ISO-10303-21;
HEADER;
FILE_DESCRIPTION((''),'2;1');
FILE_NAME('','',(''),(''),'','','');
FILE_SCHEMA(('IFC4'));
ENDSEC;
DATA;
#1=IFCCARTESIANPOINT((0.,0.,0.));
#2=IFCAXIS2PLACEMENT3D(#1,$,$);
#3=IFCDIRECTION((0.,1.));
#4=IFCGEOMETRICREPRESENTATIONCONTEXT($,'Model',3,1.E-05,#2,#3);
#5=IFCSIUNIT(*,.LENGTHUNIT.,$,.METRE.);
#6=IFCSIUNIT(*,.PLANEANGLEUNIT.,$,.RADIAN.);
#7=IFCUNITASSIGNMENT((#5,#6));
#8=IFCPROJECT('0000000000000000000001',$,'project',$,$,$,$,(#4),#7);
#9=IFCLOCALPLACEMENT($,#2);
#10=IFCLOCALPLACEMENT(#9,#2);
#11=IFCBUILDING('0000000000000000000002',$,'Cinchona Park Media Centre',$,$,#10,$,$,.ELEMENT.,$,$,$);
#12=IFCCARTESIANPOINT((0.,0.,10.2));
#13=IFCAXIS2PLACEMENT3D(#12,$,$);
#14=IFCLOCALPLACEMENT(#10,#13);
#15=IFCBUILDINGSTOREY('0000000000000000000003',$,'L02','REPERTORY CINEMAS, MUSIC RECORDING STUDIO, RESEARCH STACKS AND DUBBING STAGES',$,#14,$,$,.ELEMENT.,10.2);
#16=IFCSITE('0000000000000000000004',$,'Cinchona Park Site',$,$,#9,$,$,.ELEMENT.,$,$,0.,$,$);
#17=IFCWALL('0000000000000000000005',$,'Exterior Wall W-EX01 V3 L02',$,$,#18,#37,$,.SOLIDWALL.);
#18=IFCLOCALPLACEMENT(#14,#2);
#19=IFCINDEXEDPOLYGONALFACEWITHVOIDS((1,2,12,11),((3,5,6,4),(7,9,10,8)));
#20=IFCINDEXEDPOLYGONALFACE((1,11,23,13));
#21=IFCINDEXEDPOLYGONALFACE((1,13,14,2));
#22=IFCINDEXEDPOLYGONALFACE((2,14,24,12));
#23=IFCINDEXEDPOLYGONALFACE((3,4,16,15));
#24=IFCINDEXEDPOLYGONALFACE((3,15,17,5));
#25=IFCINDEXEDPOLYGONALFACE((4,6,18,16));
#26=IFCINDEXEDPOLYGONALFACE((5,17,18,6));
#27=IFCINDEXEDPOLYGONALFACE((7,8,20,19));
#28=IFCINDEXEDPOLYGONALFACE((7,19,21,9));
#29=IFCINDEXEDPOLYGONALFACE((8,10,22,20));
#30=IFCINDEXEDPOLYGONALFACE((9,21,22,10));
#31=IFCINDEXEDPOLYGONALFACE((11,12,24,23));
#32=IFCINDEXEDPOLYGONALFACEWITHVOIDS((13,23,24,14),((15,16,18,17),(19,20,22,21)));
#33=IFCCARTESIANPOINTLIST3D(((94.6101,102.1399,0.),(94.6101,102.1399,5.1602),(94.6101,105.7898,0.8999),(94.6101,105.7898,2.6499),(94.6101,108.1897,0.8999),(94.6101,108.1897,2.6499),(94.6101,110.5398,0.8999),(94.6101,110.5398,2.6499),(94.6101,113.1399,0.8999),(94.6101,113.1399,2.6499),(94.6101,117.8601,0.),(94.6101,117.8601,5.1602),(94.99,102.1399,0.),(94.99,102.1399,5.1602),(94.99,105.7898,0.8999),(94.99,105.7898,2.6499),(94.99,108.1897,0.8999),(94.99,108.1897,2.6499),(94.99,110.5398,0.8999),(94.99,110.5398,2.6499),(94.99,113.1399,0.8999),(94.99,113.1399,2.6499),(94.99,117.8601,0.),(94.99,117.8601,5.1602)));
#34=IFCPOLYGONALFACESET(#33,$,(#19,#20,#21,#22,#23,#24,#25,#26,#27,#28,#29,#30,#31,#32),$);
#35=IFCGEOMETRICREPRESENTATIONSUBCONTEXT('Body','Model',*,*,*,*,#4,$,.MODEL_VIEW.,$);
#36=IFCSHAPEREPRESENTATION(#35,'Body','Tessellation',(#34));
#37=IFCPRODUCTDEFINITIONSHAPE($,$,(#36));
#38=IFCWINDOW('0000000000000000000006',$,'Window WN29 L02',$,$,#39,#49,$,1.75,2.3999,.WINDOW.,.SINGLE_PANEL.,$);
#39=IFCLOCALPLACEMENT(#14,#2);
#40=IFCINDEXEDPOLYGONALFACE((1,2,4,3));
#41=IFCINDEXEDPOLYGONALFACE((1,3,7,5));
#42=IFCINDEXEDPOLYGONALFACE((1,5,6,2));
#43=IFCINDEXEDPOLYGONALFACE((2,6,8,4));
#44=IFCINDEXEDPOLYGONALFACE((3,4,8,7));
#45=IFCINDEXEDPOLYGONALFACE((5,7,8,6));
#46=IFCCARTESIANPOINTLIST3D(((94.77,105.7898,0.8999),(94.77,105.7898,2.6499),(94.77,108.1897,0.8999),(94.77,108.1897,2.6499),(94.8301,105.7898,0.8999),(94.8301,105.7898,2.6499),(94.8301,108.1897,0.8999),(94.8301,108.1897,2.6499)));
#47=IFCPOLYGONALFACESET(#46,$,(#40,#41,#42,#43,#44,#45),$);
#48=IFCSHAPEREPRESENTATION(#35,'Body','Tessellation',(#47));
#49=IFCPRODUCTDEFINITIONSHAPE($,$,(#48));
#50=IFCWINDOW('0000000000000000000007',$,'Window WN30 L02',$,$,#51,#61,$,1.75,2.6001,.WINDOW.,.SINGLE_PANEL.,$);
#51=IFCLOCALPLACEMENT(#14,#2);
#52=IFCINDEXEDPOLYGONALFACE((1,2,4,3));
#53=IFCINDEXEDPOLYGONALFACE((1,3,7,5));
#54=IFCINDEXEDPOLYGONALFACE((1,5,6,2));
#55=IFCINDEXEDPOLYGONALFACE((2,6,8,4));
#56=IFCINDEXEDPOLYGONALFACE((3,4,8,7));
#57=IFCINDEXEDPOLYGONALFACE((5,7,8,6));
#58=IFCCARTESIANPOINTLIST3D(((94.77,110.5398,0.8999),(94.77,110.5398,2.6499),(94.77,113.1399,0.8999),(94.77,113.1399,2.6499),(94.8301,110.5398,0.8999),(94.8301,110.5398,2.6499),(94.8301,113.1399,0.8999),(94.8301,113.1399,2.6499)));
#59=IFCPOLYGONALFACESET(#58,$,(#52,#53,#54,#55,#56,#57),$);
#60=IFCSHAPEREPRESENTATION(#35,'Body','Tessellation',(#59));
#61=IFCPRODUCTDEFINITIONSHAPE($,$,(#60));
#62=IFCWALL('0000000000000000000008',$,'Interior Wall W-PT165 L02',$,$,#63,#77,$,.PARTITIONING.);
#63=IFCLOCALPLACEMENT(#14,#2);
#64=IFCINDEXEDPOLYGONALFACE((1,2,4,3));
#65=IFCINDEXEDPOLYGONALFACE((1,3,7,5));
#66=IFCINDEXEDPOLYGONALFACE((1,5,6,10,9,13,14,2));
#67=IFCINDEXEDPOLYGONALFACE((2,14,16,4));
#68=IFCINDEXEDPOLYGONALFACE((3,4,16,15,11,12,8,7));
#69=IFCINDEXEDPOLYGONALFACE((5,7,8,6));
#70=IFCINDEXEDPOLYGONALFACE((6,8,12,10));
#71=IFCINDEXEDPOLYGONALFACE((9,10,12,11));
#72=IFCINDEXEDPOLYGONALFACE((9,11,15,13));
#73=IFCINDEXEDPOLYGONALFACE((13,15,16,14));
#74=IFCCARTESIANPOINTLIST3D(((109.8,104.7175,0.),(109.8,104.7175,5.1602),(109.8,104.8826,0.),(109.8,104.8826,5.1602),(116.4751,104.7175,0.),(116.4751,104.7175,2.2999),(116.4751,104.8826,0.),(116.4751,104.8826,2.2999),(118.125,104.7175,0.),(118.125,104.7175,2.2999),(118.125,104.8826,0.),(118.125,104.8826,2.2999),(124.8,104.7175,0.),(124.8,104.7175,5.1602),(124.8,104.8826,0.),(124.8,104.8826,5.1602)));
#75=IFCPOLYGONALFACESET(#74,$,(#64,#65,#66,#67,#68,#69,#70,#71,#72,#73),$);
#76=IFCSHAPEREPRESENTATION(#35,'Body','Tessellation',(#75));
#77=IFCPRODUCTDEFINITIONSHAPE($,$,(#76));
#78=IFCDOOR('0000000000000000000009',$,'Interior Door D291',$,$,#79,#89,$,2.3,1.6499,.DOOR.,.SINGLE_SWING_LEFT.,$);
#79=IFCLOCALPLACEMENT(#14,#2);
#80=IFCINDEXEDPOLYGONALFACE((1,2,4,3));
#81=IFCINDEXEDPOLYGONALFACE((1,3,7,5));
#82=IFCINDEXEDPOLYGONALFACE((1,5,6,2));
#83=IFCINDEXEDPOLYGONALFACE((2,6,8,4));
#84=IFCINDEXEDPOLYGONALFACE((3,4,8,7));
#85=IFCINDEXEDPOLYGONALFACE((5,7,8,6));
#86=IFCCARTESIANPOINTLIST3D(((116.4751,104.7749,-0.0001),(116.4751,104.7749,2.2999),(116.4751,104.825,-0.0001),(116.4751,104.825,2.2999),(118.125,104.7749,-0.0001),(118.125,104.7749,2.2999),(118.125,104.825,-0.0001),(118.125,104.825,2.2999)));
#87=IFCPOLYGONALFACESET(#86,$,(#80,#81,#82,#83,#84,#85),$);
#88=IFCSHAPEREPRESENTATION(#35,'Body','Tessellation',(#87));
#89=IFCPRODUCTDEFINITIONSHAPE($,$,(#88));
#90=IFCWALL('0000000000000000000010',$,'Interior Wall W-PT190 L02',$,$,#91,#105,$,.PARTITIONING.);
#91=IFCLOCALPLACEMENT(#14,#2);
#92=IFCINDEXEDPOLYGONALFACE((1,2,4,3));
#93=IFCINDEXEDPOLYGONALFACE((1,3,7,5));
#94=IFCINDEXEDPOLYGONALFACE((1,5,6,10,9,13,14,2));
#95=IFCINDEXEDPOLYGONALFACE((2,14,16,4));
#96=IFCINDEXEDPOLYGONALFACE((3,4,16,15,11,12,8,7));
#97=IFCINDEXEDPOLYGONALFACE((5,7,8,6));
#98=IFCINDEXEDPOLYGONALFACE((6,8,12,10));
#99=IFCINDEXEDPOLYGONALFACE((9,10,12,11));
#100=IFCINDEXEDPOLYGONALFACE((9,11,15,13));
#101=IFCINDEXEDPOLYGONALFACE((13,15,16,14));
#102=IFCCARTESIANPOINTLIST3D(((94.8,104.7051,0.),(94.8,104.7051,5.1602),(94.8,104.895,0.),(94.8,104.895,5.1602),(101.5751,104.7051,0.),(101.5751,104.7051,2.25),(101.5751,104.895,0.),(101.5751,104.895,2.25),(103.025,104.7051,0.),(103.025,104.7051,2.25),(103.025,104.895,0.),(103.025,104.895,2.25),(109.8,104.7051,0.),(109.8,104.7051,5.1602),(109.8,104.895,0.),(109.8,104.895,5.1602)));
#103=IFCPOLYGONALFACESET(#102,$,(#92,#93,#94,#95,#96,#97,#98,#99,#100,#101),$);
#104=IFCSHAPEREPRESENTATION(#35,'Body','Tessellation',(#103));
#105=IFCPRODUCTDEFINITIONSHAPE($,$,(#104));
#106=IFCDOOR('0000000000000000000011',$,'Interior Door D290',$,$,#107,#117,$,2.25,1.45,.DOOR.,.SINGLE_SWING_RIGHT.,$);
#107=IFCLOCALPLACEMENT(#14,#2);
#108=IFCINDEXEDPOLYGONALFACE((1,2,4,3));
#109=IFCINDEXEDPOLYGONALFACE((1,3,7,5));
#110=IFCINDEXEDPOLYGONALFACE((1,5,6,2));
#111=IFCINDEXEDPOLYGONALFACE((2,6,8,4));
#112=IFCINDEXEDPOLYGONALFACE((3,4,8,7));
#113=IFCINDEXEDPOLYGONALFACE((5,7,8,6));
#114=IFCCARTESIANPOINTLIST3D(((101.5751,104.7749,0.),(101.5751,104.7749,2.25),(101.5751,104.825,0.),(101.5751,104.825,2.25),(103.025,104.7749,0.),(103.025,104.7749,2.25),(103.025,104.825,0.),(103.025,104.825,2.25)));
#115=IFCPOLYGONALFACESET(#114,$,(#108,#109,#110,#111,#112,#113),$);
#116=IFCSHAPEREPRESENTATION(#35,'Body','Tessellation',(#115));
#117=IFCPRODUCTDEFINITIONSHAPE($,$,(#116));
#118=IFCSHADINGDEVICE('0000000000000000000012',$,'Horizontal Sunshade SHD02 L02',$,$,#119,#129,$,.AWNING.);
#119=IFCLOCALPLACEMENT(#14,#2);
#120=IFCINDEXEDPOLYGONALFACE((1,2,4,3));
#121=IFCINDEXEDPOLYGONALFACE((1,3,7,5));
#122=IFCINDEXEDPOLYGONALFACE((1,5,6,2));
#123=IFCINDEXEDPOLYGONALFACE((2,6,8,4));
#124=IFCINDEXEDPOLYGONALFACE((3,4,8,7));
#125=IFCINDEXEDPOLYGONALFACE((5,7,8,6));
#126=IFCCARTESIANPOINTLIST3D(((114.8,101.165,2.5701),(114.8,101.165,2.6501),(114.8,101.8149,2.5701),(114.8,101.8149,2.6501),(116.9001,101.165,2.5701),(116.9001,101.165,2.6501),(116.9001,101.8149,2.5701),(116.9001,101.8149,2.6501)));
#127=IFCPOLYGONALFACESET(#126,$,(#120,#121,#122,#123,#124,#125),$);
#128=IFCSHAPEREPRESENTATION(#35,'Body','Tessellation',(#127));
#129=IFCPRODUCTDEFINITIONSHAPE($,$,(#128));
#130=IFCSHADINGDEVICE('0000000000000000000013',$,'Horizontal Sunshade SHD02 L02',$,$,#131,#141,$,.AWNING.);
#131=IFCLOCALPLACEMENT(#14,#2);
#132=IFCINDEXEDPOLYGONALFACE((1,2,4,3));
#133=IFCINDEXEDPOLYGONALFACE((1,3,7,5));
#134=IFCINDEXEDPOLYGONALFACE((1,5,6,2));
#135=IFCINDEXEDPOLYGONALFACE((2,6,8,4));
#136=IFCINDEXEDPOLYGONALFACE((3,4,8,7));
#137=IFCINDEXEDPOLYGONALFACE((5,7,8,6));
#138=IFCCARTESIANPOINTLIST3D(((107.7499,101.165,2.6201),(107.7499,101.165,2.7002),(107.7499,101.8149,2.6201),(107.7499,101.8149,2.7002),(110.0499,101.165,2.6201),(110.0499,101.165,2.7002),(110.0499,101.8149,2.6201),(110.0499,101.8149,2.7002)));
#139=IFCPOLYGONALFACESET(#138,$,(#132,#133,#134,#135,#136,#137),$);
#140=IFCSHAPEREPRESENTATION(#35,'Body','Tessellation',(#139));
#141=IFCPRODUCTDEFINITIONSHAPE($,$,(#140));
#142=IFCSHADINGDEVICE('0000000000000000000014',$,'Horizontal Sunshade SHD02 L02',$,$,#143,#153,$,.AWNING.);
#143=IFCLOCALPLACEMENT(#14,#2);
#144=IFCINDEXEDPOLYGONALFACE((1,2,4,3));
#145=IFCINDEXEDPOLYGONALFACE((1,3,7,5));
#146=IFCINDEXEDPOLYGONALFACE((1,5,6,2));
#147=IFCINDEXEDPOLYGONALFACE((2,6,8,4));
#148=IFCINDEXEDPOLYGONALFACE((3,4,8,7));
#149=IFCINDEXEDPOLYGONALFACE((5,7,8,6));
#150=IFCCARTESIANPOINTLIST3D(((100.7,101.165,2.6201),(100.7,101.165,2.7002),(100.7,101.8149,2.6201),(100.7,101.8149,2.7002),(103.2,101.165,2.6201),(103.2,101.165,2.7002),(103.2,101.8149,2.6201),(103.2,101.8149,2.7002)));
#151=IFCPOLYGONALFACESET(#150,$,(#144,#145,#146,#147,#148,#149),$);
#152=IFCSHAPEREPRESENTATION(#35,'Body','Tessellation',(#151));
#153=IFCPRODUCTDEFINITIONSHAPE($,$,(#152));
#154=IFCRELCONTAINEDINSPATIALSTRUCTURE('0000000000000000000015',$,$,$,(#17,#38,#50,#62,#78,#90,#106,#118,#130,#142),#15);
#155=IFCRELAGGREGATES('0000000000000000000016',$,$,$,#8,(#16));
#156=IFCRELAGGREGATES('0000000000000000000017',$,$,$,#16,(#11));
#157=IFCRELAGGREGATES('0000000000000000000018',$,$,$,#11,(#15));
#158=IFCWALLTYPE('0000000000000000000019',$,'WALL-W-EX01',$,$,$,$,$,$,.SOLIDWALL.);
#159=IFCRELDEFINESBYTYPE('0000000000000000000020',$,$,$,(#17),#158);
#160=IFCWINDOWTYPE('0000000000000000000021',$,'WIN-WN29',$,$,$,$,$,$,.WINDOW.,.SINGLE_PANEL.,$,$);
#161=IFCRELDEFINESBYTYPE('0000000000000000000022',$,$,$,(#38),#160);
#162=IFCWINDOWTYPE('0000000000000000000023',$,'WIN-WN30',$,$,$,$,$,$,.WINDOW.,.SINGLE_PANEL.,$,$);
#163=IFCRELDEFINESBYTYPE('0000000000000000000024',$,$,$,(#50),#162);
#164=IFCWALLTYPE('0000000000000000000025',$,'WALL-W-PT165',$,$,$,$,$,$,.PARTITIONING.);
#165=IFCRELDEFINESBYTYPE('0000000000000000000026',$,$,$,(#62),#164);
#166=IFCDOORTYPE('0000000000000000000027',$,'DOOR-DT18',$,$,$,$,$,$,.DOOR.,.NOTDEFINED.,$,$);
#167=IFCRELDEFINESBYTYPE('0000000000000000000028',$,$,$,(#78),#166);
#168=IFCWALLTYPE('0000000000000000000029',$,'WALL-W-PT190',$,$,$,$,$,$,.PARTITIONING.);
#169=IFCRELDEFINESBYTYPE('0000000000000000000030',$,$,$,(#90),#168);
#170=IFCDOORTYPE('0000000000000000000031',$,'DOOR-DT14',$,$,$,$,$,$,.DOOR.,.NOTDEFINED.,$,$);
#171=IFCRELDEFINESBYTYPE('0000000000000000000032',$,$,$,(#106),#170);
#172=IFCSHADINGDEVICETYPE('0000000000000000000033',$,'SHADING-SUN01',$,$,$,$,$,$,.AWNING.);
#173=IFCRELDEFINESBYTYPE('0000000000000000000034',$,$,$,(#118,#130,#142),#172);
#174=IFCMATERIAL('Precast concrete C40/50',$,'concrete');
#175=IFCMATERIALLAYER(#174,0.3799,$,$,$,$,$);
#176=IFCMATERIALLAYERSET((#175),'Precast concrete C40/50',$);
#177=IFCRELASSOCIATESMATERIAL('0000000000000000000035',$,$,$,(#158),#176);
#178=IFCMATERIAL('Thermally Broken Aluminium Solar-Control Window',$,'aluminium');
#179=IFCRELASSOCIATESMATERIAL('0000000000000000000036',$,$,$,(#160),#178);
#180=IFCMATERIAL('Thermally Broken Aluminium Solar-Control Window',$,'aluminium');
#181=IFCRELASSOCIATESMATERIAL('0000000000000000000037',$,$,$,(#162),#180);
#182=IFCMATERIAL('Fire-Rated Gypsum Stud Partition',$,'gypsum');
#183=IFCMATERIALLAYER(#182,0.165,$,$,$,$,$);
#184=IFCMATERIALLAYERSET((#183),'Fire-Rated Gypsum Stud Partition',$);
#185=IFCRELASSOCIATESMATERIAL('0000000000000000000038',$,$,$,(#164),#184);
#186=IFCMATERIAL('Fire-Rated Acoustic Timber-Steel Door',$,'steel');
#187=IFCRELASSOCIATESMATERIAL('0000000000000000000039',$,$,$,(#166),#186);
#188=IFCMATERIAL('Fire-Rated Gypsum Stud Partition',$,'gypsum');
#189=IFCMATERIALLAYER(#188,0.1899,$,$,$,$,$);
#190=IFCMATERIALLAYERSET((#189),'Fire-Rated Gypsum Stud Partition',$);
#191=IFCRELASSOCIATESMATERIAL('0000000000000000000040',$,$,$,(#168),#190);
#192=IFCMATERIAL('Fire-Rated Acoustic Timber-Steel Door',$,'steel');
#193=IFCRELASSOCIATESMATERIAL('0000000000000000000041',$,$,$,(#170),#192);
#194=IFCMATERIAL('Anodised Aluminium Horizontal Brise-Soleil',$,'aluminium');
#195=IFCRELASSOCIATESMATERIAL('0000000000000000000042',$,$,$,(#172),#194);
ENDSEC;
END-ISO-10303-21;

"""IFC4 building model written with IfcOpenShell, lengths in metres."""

from ifc_helpers import new_model, si_unit, direction, frame, frame_2d, origin, origin_2d, place, context, subcontext, project, spatial, rectangle, extrude, material, layer, layer_set, type_object, element, fill, save


model = new_model("IFC4")

# Units and contexts
model_context = context("Model", 3, precision=1e-05, world=origin(), true_north=direction((0.0, 1.0)))
body_context = subcontext(model_context, "Body", "Model", "MODEL_VIEW")
ifc_project = project(units=[si_unit("LENGTHUNIT", "METRE"), si_unit("PLANEANGLEUNIT", "RADIAN")], contexts=[model_context])

# Site, building, storey
site_placement = place(None, origin())
site = spatial("IfcSite", under=ifc_project, at=site_placement, Name="Cinchona Park Site", CompositionType="ELEMENT", RefElevation=0.0)
building_placement = place(site_placement, origin())
building = spatial("IfcBuilding", under=site, at=building_placement, Name="Cinchona Park Media Centre", CompositionType="ELEMENT")
storey_placement = place(building_placement, frame((0.0, 0.0, 10.2)))
storey = spatial("IfcBuildingStorey", under=building, at=storey_placement, Name="L02", Description="REPERTORY CINEMAS, MUSIC RECORDING STUDIO, RESEARCH STACKS AND DUBBING STAGES", CompositionType="ELEMENT", Elevation=10.2)

# Wall, openings, windows
ifc_material_1 = material(Name="Precast concrete C40/50", Category="concrete")
ifc_layer_1 = layer(ifc_material_1, 0.3799)
ifc_layer_set_1 = layer_set([ifc_layer_1], Name="Precast concrete C40/50")
wall_type_1 = type_object("IfcWallType", Name="WALL-W-EX01", PredefinedType="SOLIDWALL", material=ifc_layer_set_1)
wall_1_placement = place(storey_placement, frame((94.8, 102.1399, 0.0), z_axis=(0.0, 0.0, 1.0), x_axis=(0.0, 1.0, 0.0)))
wall_1 = element("IfcWall", 1, at=wall_1_placement, inside=storey, type_object=wall_type_1, Name="Exterior Wall W-EX01 V3 L02", PredefinedType="SOLIDWALL", context=body_context, shape_type="SweptSolid", body=[
    extrude(rectangle(XDim=15.7202, YDim=0.3799, at=frame_2d((7.8601, 0.0))), origin(), (0.0, 0.0, 1.0), 5.1602),
])
opening_1_placement = place(wall_1_placement, frame((3.6499, 0.0, 0.8999)))
opening_1 = element("IfcOpeningElement", 2, at=opening_1_placement, cuts=wall_1, PredefinedType="OPENING", context=body_context, shape_type="SweptSolid", body=[
    extrude(rectangle(XDim=2.3999, YDim=1.75, at=frame_2d((1.2, 0.875))), frame((0.0, 0.2, 0.0), z_axis=(0.0, -1.0, 0.0), x_axis=(1.0, 0.0, 0.0)), (0.0, 0.0, 1.0), 0.3999),
])
opening_2_placement = place(wall_1_placement, frame((8.3999, 0.0, 0.8999)))
opening_2 = element("IfcOpeningElement", 3, at=opening_2_placement, cuts=wall_1, PredefinedType="OPENING", context=body_context, shape_type="SweptSolid", body=[
    extrude(rectangle(XDim=2.6001, YDim=1.75, at=frame_2d((1.3, 0.875))), frame((0.0, 0.2, 0.0), z_axis=(0.0, -1.0, 0.0), x_axis=(1.0, 0.0, 0.0)), (0.0, 0.0, 1.0), 0.3999),
])
ifc_material_2 = material(Name="Thermally Broken Aluminium Solar-Control Window", Category="aluminium")
window_type_1 = type_object("IfcWindowType", Name="WIN-WN29", PartitioningType="SINGLE_PANEL", PredefinedType="WINDOW", material=ifc_material_2)
window_1_placement = place(opening_1_placement, origin())
window_1 = element("IfcWindow", 4, at=window_1_placement, inside=storey, type_object=window_type_1, Name="Window WN29 L02", OverallHeight=1.75, OverallWidth=2.3999, PartitioningType="SINGLE_PANEL", PredefinedType="WINDOW", context=body_context, shape_type="SweptSolid", body=[
    extrude(rectangle(XDim=2.3999, YDim=1.75, at=frame_2d((1.2, 0.875))), frame((0.0, 0.03, 0.0), z_axis=(0.0, -1.0, 0.0), x_axis=(1.0, 0.0, 0.0)), (0.0, 0.0, 1.0), 0.0601),
])
fill(opening_1, window_1)
ifc_material_3 = material(Name="Thermally Broken Aluminium Solar-Control Window", Category="aluminium")
window_type_2 = type_object("IfcWindowType", Name="WIN-WN30", PartitioningType="SINGLE_PANEL", PredefinedType="WINDOW", material=ifc_material_3)
window_2_placement = place(opening_2_placement, origin())
window_2 = element("IfcWindow", 5, at=window_2_placement, inside=storey, type_object=window_type_2, Name="Window WN30 L02", OverallHeight=1.75, OverallWidth=2.6001, PartitioningType="SINGLE_PANEL", PredefinedType="WINDOW", context=body_context, shape_type="SweptSolid", body=[
    extrude(rectangle(XDim=2.6001, YDim=1.75, at=frame_2d((1.3, 0.875))), frame((0.0, 0.03, 0.0), z_axis=(0.0, -1.0, 0.0), x_axis=(1.0, 0.0, 0.0)), (0.0, 0.0, 1.0), 0.0601),
])
fill(opening_2, window_2)

# Walls, openings, doors
ifc_material_4 = material(Name="Fire-Rated Gypsum Stud Partition", Category="gypsum")
ifc_layer_2 = layer(ifc_material_4, 0.165)
ifc_layer_set_2 = layer_set([ifc_layer_2], Name="Fire-Rated Gypsum Stud Partition")
wall_type_2 = type_object("IfcWallType", Name="WALL-W-PT165", PredefinedType="PARTITIONING", material=ifc_layer_set_2)
wall_2_placement = place(storey_placement, frame((109.8, 104.8, 0.0), z_axis=(0.0, 0.0, 1.0), x_axis=(1.0, 0.0, 0.0)))
wall_2 = element("IfcWall", 6, at=wall_2_placement, inside=storey, type_object=wall_type_2, Name="Interior Wall W-PT165 L02", PredefinedType="PARTITIONING", context=body_context, shape_type="SweptSolid", body=[
    extrude(rectangle(XDim=15.0, YDim=0.165, at=frame_2d((7.5, 0.0))), origin(), (0.0, 0.0, 1.0), 5.1602),
])
opening_3_placement = place(wall_2_placement, frame((6.675, 0.0, 0.0)))
opening_3 = element("IfcOpeningElement", 7, at=opening_3_placement, cuts=wall_2, PredefinedType="OPENING", context=body_context, shape_type="SweptSolid", body=[
    extrude(rectangle(XDim=1.6499, YDim=2.3, at=frame_2d((0.825, 1.1499))), frame((0.0, 0.0925, 0.0), z_axis=(0.0, -1.0, 0.0), x_axis=(1.0, 0.0, 0.0)), (0.0, 0.0, 1.0), 0.1851),
])
ifc_material_5 = material(Name="Fire-Rated Acoustic Timber-Steel Door", Category="steel")
door_type_1 = type_object("IfcDoorType", Name="DOOR-DT18", OperationType="NOTDEFINED", PredefinedType="DOOR", material=ifc_material_5)
door_1_placement = place(opening_3_placement, origin())
door_1 = element("IfcDoor", 8, at=door_1_placement, inside=storey, type_object=door_type_1, Name="Interior Door D291", OperationType="SINGLE_SWING_LEFT", OverallHeight=2.3, OverallWidth=1.6499, PredefinedType="DOOR", context=body_context, shape_type="SweptSolid", body=[
    extrude(rectangle(XDim=1.6499, YDim=2.3, at=frame_2d((0.825, 1.1499))), frame((0.0, 0.0249, 0.0), z_axis=(0.0, -1.0, 0.0), x_axis=(1.0, 0.0, 0.0)), (0.0, 0.0, 1.0), 0.05),
])
fill(opening_3, door_1)
ifc_material_6 = material(Name="Fire-Rated Gypsum Stud Partition", Category="gypsum")
ifc_layer_3 = layer(ifc_material_6, 0.1899)
ifc_layer_set_3 = layer_set([ifc_layer_3], Name="Fire-Rated Gypsum Stud Partition")
wall_type_3 = type_object("IfcWallType", Name="WALL-W-PT190", PredefinedType="PARTITIONING", material=ifc_layer_set_3)
wall_3_placement = place(storey_placement, frame((94.8, 104.8, 0.0), z_axis=(0.0, 0.0, 1.0), x_axis=(1.0, 0.0, 0.0)))
wall_3 = element("IfcWall", 9, at=wall_3_placement, inside=storey, type_object=wall_type_3, Name="Interior Wall W-PT190 L02", PredefinedType="PARTITIONING", context=body_context, shape_type="SweptSolid", body=[
    extrude(rectangle(XDim=15.0, YDim=0.1899, at=frame_2d((7.5, 0.0))), origin(), (0.0, 0.0, 1.0), 5.1602),
])
opening_4_placement = place(wall_3_placement, frame((6.7749, 0.0, 0.0)))
opening_4 = element("IfcOpeningElement", 10, at=opening_4_placement, cuts=wall_3, PredefinedType="OPENING", context=body_context, shape_type="SweptSolid", body=[
    extrude(rectangle(XDim=1.45, YDim=2.25, at=frame_2d((0.7251, 1.125))), frame((0.0, 0.105, 0.0), z_axis=(0.0, -1.0, 0.0), x_axis=(1.0, 0.0, 0.0)), (0.0, 0.0, 1.0), 0.21),
])
ifc_material_7 = material(Name="Fire-Rated Acoustic Timber-Steel Door", Category="steel")
door_type_2 = type_object("IfcDoorType", Name="DOOR-DT14", OperationType="NOTDEFINED", PredefinedType="DOOR", material=ifc_material_7)
door_2_placement = place(opening_4_placement, origin())
door_2 = element("IfcDoor", 11, at=door_2_placement, inside=storey, type_object=door_type_2, Name="Interior Door D290", OperationType="SINGLE_SWING_RIGHT", OverallHeight=2.25, OverallWidth=1.45, PredefinedType="DOOR", context=body_context, shape_type="SweptSolid", body=[
    extrude(rectangle(XDim=1.45, YDim=2.25, at=frame_2d((0.7251, 1.125))), frame((0.0, 0.0249, 0.0), z_axis=(0.0, -1.0, 0.0), x_axis=(1.0, 0.0, 0.0)), (0.0, 0.0, 1.0), 0.05),
])
fill(opening_4, door_2)

# Shading devices
ifc_material_8 = material(Name="Anodised Aluminium Horizontal Brise-Soleil", Category="aluminium")
shading_device_type = type_object("IfcShadingDeviceType", Name="SHADING-SUN01", PredefinedType="AWNING", material=ifc_material_8)
shading_device_1_placement = place(storey_placement, frame((115.8501, 101.49, 2.5701), z_axis=(0.0, 0.0, 1.0), x_axis=(-1.0, 0.0, 0.0)))
element("IfcShadingDevice", 12, at=shading_device_1_placement, inside=storey, type_object=shading_device_type, Name="Horizontal Sunshade SHD02 L02", PredefinedType="AWNING", context=body_context, shape_type="SweptSolid", body=[
    extrude(rectangle(XDim=2.1001, YDim=0.6499, at=origin_2d()), origin(), (0.0, 0.0, 1.0), 0.0801),
])
shading_device_2_placement = place(storey_placement, frame((108.8999, 101.49, 2.6201), z_axis=(0.0, 0.0, 1.0), x_axis=(-1.0, 0.0, 0.0)))
element("IfcShadingDevice", 13, at=shading_device_2_placement, inside=storey, type_object=shading_device_type, Name="Horizontal Sunshade SHD02 L02", PredefinedType="AWNING", context=body_context, shape_type="SweptSolid", body=[
    extrude(rectangle(XDim=2.3, YDim=0.6499, at=origin_2d()), origin(), (0.0, 0.0, 1.0), 0.0801),
])
shading_device_3_placement = place(storey_placement, frame((101.95, 101.49, 2.6201), z_axis=(0.0, 0.0, 1.0), x_axis=(-1.0, 0.0, 0.0)))
element("IfcShadingDevice", 14, at=shading_device_3_placement, inside=storey, type_object=shading_device_type, Name="Horizontal Sunshade SHD02 L02", PredefinedType="AWNING", context=body_context, shape_type="SweptSolid", body=[
    extrude(rectangle(XDim=2.5, YDim=0.6499, at=origin_2d()), origin(), (0.0, 0.0, 1.0), 0.0801),
])

save(model, "model.ifc")
